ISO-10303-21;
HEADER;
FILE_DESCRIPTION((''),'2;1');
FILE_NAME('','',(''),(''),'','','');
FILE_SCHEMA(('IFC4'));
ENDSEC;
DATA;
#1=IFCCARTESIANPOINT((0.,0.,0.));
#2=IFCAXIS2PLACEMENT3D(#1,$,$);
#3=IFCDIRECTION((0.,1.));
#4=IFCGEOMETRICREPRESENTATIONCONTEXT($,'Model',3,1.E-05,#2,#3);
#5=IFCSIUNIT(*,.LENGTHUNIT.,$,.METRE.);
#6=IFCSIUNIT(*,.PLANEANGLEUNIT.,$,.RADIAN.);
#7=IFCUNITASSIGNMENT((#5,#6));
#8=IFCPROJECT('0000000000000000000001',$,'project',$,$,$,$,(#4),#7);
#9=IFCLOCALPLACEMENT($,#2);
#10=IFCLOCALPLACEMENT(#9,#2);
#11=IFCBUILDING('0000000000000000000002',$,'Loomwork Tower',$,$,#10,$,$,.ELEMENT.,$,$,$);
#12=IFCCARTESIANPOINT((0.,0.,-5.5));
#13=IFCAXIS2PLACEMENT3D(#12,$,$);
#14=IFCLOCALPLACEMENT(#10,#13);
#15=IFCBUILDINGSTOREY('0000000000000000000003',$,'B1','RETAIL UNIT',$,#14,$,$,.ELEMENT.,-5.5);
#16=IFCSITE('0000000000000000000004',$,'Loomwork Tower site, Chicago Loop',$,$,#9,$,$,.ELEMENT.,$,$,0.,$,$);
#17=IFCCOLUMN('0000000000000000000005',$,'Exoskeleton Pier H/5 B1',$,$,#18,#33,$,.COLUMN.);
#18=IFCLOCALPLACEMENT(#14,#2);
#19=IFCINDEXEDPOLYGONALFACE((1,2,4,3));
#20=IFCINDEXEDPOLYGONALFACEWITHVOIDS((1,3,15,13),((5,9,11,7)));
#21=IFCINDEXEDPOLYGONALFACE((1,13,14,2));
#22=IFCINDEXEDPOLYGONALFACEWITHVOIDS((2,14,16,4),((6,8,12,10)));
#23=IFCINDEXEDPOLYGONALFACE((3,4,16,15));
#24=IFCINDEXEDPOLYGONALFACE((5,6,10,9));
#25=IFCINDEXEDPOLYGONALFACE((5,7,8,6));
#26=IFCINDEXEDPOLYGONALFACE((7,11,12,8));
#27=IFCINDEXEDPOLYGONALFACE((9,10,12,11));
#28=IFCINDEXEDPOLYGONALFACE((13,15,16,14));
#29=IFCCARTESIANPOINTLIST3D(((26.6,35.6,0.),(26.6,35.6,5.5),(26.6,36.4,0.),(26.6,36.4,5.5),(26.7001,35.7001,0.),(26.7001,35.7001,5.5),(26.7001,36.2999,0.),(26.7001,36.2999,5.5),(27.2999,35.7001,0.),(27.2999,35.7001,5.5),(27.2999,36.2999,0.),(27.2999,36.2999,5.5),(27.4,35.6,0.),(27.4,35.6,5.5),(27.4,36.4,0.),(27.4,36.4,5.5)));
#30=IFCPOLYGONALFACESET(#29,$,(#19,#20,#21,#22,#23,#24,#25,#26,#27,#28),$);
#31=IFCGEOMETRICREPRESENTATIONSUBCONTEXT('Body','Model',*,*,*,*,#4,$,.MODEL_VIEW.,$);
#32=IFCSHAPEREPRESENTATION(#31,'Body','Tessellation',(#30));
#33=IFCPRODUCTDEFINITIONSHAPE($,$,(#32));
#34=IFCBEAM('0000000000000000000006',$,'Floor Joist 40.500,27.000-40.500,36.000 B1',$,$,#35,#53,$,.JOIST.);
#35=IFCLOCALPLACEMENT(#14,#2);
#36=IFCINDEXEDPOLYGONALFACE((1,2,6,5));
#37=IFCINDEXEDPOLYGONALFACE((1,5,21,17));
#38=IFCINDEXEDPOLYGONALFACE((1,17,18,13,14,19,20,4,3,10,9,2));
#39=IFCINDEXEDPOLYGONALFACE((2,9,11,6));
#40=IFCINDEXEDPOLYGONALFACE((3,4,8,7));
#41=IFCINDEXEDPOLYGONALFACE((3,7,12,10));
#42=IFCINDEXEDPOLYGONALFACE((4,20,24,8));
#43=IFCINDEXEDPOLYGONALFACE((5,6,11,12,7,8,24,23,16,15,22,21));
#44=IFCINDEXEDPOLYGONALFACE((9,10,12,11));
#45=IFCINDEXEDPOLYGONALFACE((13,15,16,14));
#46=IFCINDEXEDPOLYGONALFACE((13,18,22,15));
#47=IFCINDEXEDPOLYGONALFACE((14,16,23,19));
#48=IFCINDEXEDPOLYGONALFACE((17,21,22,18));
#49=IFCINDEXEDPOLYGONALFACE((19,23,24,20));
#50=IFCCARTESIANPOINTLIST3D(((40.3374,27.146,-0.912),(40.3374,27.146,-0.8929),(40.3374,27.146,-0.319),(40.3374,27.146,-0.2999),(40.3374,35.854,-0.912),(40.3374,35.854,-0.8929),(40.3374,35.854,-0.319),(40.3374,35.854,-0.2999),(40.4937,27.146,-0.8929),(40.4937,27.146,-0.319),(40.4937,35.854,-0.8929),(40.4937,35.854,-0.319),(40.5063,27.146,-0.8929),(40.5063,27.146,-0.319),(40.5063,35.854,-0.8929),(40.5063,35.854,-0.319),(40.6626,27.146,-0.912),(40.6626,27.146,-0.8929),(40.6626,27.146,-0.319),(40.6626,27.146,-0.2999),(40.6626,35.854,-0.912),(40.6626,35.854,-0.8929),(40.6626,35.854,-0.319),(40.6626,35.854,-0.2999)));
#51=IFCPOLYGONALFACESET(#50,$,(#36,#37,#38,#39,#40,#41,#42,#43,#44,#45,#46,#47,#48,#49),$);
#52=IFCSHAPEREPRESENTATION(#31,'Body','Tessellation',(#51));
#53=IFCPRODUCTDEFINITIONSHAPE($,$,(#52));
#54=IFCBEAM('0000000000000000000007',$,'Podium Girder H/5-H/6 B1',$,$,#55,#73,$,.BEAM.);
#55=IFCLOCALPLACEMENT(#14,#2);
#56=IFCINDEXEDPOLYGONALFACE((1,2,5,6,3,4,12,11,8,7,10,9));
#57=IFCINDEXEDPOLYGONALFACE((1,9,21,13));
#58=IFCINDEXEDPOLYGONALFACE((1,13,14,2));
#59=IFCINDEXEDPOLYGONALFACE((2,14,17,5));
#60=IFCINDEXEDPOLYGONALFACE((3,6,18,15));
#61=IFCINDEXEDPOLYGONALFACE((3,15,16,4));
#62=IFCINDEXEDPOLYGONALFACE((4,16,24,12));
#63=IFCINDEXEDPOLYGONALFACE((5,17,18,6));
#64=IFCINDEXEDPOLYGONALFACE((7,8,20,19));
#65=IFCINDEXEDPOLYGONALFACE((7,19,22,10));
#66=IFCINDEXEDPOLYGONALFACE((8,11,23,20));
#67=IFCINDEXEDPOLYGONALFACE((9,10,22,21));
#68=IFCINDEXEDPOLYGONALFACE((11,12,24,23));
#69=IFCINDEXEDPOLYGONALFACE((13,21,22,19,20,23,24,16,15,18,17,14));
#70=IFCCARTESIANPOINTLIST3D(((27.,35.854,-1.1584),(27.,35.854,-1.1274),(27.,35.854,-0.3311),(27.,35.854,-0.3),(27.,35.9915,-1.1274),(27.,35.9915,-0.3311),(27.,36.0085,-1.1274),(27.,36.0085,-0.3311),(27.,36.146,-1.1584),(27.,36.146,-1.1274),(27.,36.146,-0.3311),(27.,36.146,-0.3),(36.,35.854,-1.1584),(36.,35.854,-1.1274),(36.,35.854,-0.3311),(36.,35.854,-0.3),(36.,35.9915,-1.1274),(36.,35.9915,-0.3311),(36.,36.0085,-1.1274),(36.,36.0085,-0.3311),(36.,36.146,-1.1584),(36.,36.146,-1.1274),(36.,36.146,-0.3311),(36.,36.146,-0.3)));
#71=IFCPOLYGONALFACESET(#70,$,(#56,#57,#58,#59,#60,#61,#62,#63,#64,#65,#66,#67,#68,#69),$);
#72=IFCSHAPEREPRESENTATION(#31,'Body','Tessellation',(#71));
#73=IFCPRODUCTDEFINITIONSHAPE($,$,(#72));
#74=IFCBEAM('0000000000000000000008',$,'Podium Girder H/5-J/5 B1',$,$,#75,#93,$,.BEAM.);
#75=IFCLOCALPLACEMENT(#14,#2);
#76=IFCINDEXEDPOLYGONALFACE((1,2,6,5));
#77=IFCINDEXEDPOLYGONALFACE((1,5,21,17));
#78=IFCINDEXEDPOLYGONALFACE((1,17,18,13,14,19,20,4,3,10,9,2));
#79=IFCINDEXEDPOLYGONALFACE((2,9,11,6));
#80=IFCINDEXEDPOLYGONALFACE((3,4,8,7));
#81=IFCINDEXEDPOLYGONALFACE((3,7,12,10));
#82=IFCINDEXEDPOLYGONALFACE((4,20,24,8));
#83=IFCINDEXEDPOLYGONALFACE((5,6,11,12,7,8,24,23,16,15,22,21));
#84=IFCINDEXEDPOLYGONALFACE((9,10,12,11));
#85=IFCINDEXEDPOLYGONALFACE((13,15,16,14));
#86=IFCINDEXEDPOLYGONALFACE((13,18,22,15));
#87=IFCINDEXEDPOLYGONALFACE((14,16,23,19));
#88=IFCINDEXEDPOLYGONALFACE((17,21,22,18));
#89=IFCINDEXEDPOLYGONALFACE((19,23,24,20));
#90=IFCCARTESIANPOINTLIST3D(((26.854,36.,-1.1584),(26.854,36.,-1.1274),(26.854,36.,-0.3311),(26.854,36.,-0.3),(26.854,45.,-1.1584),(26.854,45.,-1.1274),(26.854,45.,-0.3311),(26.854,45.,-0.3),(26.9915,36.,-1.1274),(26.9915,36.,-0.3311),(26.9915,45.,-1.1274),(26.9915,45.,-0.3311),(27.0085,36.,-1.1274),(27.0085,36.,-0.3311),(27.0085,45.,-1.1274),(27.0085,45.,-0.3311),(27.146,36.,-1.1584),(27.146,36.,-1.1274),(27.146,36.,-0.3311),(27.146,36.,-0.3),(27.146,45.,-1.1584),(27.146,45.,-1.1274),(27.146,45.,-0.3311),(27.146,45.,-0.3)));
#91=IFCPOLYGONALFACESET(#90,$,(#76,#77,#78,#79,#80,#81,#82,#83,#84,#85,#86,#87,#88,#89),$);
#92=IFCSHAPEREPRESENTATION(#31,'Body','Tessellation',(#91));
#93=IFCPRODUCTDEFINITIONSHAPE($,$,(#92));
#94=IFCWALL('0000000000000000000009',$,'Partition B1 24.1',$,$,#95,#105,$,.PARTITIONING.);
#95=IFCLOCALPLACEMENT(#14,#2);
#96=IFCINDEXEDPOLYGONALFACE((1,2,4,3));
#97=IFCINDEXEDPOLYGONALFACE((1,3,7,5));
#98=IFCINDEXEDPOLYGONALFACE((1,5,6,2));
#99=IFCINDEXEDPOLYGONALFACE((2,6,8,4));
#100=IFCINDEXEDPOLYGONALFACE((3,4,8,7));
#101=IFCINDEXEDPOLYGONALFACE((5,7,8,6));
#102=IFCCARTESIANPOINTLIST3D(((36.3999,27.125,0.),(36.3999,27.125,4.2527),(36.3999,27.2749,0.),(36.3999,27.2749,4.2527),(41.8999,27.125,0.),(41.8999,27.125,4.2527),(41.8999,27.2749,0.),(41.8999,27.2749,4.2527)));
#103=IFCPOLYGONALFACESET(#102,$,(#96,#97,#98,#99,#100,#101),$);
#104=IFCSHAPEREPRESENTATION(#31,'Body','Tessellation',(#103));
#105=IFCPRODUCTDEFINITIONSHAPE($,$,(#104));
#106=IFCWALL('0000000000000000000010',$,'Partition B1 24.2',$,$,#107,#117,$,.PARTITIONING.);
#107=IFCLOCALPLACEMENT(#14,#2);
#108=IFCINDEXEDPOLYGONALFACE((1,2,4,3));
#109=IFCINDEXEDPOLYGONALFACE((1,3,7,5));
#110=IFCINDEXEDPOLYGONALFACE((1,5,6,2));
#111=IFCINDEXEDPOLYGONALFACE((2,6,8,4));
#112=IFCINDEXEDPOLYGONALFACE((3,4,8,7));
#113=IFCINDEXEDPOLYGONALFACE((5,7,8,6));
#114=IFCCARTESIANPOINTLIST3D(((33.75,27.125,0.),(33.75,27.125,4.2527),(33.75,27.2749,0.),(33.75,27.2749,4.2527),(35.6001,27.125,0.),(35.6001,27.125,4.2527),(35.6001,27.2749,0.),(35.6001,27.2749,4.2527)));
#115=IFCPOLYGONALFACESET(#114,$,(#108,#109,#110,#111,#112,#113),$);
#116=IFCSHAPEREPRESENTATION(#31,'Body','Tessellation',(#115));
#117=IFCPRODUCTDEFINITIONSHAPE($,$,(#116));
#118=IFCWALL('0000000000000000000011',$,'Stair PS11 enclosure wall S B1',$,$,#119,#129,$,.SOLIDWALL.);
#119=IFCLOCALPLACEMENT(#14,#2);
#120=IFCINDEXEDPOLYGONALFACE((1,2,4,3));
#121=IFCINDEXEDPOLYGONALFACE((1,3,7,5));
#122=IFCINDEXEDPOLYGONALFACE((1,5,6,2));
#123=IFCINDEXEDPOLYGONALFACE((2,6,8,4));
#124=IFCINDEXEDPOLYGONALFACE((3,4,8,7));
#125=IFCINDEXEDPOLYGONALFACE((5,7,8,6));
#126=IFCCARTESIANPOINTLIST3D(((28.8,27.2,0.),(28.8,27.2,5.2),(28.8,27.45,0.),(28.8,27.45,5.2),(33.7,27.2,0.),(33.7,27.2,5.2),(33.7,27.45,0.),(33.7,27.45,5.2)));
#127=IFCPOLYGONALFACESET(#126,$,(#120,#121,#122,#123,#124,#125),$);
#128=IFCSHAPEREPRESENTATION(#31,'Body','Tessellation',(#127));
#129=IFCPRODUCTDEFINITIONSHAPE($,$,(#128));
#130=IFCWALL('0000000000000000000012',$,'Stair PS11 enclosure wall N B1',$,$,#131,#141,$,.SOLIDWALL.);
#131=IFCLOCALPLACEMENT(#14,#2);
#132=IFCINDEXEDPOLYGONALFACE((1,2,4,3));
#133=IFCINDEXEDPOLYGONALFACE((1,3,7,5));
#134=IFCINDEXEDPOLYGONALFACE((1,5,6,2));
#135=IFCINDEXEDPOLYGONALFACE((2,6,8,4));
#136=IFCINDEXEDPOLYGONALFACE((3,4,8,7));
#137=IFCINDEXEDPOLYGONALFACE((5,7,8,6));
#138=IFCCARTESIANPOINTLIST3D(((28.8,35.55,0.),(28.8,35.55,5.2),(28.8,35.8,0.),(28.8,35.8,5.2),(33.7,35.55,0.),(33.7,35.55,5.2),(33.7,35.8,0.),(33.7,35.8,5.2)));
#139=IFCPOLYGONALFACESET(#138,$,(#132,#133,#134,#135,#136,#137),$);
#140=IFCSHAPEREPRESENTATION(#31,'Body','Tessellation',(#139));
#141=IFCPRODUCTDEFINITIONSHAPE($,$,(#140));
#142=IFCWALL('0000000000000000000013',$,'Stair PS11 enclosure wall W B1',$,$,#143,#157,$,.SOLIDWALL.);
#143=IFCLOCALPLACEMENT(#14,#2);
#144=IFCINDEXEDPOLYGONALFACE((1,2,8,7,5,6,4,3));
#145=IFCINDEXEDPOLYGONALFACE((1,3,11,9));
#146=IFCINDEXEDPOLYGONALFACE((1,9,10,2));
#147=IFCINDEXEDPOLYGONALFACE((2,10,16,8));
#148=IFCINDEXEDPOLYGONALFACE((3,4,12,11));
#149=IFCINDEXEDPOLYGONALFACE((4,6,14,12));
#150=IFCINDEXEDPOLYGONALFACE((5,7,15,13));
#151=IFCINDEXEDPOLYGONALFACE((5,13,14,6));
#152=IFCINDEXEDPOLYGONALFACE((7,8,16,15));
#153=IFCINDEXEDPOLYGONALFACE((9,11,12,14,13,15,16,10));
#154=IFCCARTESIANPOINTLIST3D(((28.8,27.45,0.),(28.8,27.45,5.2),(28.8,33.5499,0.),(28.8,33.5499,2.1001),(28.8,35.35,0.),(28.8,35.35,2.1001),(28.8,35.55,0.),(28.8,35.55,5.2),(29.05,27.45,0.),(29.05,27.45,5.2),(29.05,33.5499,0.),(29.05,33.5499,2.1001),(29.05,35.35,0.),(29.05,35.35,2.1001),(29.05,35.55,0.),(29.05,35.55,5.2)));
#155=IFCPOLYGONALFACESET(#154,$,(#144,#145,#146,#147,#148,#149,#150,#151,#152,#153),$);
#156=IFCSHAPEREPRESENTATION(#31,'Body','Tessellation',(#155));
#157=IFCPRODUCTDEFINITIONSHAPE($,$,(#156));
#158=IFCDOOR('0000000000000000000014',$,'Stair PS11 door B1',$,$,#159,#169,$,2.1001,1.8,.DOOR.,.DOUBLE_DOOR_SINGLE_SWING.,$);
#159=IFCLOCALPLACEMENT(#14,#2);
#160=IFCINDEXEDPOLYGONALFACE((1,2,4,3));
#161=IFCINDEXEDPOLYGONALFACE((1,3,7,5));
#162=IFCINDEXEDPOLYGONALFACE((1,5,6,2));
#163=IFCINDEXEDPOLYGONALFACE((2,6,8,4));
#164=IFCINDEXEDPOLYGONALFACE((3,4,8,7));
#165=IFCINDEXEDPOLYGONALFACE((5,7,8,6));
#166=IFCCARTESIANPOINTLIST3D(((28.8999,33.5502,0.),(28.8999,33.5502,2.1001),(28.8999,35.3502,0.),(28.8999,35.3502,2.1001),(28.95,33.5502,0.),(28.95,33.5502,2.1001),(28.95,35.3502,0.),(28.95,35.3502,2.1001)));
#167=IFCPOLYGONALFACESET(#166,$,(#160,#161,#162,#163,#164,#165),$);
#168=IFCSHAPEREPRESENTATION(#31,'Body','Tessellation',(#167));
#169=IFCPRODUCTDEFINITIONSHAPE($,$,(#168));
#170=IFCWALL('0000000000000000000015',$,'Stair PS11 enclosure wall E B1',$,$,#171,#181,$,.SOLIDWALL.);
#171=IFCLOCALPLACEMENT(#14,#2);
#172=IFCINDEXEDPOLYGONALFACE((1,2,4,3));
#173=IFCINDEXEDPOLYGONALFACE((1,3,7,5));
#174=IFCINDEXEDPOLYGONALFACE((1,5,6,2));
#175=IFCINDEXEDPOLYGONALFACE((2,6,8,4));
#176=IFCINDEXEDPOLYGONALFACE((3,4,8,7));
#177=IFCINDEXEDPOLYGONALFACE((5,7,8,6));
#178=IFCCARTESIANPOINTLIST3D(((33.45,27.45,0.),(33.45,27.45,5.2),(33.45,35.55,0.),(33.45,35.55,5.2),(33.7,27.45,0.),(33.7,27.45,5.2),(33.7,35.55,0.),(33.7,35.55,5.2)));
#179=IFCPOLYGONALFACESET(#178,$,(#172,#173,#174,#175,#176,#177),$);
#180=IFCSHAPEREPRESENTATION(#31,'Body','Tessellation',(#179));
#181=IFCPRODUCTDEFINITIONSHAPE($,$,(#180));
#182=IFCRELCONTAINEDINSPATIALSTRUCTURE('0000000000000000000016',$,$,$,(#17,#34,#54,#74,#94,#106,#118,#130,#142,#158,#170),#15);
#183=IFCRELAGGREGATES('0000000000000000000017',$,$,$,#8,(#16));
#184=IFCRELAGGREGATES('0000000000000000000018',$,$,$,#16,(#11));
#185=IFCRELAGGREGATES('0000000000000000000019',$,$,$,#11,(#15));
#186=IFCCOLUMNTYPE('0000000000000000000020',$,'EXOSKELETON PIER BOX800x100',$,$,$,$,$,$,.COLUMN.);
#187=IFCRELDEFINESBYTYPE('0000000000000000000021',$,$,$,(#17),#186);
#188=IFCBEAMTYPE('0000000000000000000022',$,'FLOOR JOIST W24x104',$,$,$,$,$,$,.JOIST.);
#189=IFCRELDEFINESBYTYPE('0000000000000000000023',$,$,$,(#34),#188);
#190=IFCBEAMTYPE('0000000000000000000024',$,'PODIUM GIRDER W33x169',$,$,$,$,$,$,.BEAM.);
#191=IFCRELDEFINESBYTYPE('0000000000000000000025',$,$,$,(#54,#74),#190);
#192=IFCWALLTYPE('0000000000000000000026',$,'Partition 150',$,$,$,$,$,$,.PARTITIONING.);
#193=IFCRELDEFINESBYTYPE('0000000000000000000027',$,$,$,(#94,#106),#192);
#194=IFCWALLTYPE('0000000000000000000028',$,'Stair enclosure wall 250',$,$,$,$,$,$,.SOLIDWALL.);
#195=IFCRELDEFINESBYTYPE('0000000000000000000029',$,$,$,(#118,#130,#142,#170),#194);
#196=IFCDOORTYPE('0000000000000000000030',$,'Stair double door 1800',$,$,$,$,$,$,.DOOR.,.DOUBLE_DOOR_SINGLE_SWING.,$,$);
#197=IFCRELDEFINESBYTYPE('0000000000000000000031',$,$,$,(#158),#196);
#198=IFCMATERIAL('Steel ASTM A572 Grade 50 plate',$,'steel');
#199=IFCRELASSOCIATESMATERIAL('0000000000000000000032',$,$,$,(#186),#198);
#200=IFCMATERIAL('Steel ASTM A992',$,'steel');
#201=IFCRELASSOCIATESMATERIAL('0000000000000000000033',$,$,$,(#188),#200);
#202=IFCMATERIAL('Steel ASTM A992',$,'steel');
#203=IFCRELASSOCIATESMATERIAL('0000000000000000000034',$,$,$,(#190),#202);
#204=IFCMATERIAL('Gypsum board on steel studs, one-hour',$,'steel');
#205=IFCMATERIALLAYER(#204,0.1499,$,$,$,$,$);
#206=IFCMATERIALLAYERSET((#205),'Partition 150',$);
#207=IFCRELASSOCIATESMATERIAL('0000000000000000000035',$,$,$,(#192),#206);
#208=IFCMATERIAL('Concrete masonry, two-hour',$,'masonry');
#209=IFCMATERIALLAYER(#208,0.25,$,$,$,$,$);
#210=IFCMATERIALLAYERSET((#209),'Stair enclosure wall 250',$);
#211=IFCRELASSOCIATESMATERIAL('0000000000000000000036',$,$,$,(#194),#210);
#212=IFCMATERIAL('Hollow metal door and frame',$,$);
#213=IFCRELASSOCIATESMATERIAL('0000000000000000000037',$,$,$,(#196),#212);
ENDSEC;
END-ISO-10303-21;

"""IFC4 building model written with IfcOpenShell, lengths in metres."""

from ifc_helpers import new_model, si_unit, direction, frame, frame_2d, origin, origin_2d, place, context, subcontext, project, spatial, rectangle, hollow_rectangle, i_section, extrude, material, layer, layer_set, material_profile, profile_set, type_object, element, fill, save


model = new_model("IFC4")

# Units and contexts
model_context = context("Model", 3, precision=1e-05, world=origin(), true_north=direction((0.0, 1.0)))
body_context = subcontext(model_context, "Body", "Model", "MODEL_VIEW")
ifc_project = project(units=[si_unit("LENGTHUNIT", "METRE"), si_unit("PLANEANGLEUNIT", "RADIAN")], contexts=[model_context])

# Site, building, storey
site_placement = place(None, origin())
site = spatial("IfcSite", under=ifc_project, at=site_placement, Name="Loomwork Tower site, Chicago Loop", CompositionType="ELEMENT", RefElevation=0.0)
building_placement = place(site_placement, origin())
building = spatial("IfcBuilding", under=site, at=building_placement, Name="Loomwork Tower", CompositionType="ELEMENT")
storey_placement = place(building_placement, frame((0.0, 0.0, -5.5)))
storey = spatial("IfcBuildingStorey", under=building, at=storey_placement, Name="B1", Description="RETAIL UNIT", CompositionType="ELEMENT", Elevation=-5.5)

# Column
ifc_material_1 = material(Name="Steel ASTM A572 Grade 50 plate", Category="steel")
ifc_material_profile_1 = material_profile(ifc_material_1, hollow_rectangle(XDim=0.8, YDim=0.8, WallThickness=0.1001, at=origin_2d()), Name="BOX800x100")
ifc_profile_set_1 = profile_set([ifc_material_profile_1], Name="Steel ASTM A572 Grade 50 plate")
column_type = type_object("IfcColumnType", Name="EXOSKELETON PIER BOX800x100", PredefinedType="COLUMN", material=ifc_profile_set_1)
column_placement = place(storey_placement, frame((27.0, 36.0, 0.0), z_axis=(0.0, 0.0, 1.0), x_axis=(1.0, 0.0, 0.0)))
element("IfcColumn", 1, at=column_placement, inside=storey, type_object=column_type, Name="Exoskeleton Pier H/5 B1", PredefinedType="COLUMN", context=body_context, shape_type="SweptSolid", body=[
    extrude(hollow_rectangle(XDim=0.8, YDim=0.8, WallThickness=0.1001, at=origin_2d()), origin(), (0.0, 0.0, 1.0), 5.5),
])

# Beams
ifc_material_2 = material(Name="Steel ASTM A992", Category="steel")
ifc_material_profile_2 = material_profile(ifc_material_2, i_section(OverallWidth=0.3252, OverallDepth=0.6121, WebThickness=0.0127, FlangeThickness=0.019, at=origin_2d()), Name="W24x104")
ifc_profile_set_2 = profile_set([ifc_material_profile_2], Name="Steel ASTM A992")
beam_type_1 = type_object("IfcBeamType", Name="FLOOR JOIST W24x104", PredefinedType="JOIST", material=ifc_profile_set_2)
beam_placement = place(storey_placement, frame((40.5, 27.146, -0.606), z_axis=(0.0, 1.0, 0.0), x_axis=(-1.0, 0.0, 0.0)))
element("IfcBeam", 2, at=beam_placement, inside=storey, type_object=beam_type_1, Name="Floor Joist 40.500,27.000-40.500,36.000 B1", PredefinedType="JOIST", context=body_context, shape_type="SweptSolid", body=[
    extrude(i_section(OverallWidth=0.3252, OverallDepth=0.6121, WebThickness=0.0127, FlangeThickness=0.019, at=origin_2d()), origin(), (0.0, 0.0, 1.0), 8.708),
])
ifc_material_3 = material(Name="Steel ASTM A992", Category="steel")
ifc_material_profile_3 = material_profile(ifc_material_3, i_section(OverallWidth=0.292, OverallDepth=0.8584, WebThickness=0.0171, FlangeThickness=0.031, at=origin_2d()), Name="W33x169")
ifc_profile_set_3 = profile_set([ifc_material_profile_3], Name="Steel ASTM A992")
beam_type_2 = type_object("IfcBeamType", Name="PODIUM GIRDER W33x169", PredefinedType="BEAM", material=ifc_profile_set_3)
for number, where, z_axis, x_axis, name in (
    (3, (27.0, 36.0, -0.7292), (1.0, 0.0, 0.0), (0.0, 1.0, 0.0), "Podium Girder H/5-H/6 B1"),
    (4, (27.0, 36.0, -0.7292), (0.0, 1.0, 0.0), (-1.0, 0.0, 0.0), "Podium Girder H/5-J/5 B1"),
):
    element("IfcBeam", number, at=place(storey_placement, frame(where, z_axis=z_axis, x_axis=x_axis)), inside=storey, type_object=beam_type_2, Name=name, PredefinedType="BEAM", context=body_context, shape_type="SweptSolid", body=[
        extrude(i_section(OverallWidth=0.292, OverallDepth=0.8584, WebThickness=0.0171, FlangeThickness=0.031, at=origin_2d()), origin(), (0.0, 0.0, 1.0), 9.0),
    ])

# Walls
ifc_material_4 = material(Name="Gypsum board on steel studs, one-hour", Category="steel")
ifc_layer_1 = layer(ifc_material_4, 0.1499)
ifc_layer_set_1 = layer_set([ifc_layer_1], Name="Partition 150")
wall_type_1 = type_object("IfcWallType", Name="Partition 150", PredefinedType="PARTITIONING", material=ifc_layer_set_1)
wall_1_placement = place(storey_placement, frame((41.8999, 27.2, 0.0), z_axis=(0.0, 0.0, 1.0), x_axis=(-1.0, 0.0, 0.0)))
element("IfcWall", 5, at=wall_1_placement, inside=storey, type_object=wall_type_1, Name="Partition B1 24.1", PredefinedType="PARTITIONING", context=body_context, shape_type="SweptSolid", body=[
    extrude(rectangle(XDim=5.5, YDim=0.1499, at=frame_2d((2.75, 0.0))), origin(), (0.0, 0.0, 1.0), 4.2527),
])
wall_2_placement = place(storey_placement, frame((35.6001, 27.2, 0.0), z_axis=(0.0, 0.0, 1.0), x_axis=(-1.0, 0.0, 0.0)))
element("IfcWall", 6, at=wall_2_placement, inside=storey, type_object=wall_type_1, Name="Partition B1 24.2", PredefinedType="PARTITIONING", context=body_context, shape_type="SweptSolid", body=[
    extrude(rectangle(XDim=1.8501, YDim=0.1499, at=frame_2d((0.925, 0.0))), origin(), (0.0, 0.0, 1.0), 4.2527),
])
ifc_material_5 = material(Name="Concrete masonry, two-hour", Category="masonry")
ifc_layer_2 = layer(ifc_material_5, 0.25)
ifc_layer_set_2 = layer_set([ifc_layer_2], Name="Stair enclosure wall 250")
wall_type_2 = type_object("IfcWallType", Name="Stair enclosure wall 250", PredefinedType="SOLIDWALL", material=ifc_layer_set_2)
for number, where, z_axis, x_axis, name in (
    (7, (28.8, 27.325, 0.0), (0.0, 0.0, 1.0), (1.0, 0.0, 0.0), "Stair PS11 enclosure wall S B1"),
    (8, (28.8, 35.675, 0.0), (0.0, 0.0, 1.0), (1.0, 0.0, 0.0), "Stair PS11 enclosure wall N B1"),
):
    element("IfcWall", number, at=place(storey_placement, frame(where, z_axis=z_axis, x_axis=x_axis)), inside=storey, type_object=wall_type_2, Name=name, PredefinedType="SOLIDWALL", context=body_context, shape_type="SweptSolid", body=[
        extrude(rectangle(XDim=4.8999, YDim=0.25, at=frame_2d((2.45, 0.0))), origin(), (0.0, 0.0, 1.0), 5.2),
    ])

# Wall, opening, door
wall_3_placement = place(storey_placement, frame((28.925, 27.45, 0.0), z_axis=(0.0, 0.0, 1.0), x_axis=(0.0, 1.0, 0.0)))
wall_3 = element("IfcWall", 9, at=wall_3_placement, inside=storey, type_object=wall_type_2, Name="Stair PS11 enclosure wall W B1", PredefinedType="SOLIDWALL", context=body_context, shape_type="SweptSolid", body=[
    extrude(rectangle(XDim=8.1001, YDim=0.25, at=frame_2d((4.05, 0.0))), origin(), (0.0, 0.0, 1.0), 5.2),
])
opening_placement = place(wall_3_placement, frame((6.1001, 0.0, 0.0)))
opening = element("IfcOpeningElement", 10, at=opening_placement, cuts=wall_3, PredefinedType="OPENING", context=body_context, shape_type="SweptSolid", body=[
    extrude(rectangle(XDim=1.8, YDim=2.1001, at=frame_2d((0.8999, 1.05))), frame((0.0, 0.135, 0.0), z_axis=(0.0, -1.0, 0.0), x_axis=(1.0, 0.0, 0.0)), (0.0, 0.0, 1.0), 0.27),
])
ifc_material_6 = material(Name="Hollow metal door and frame")
door_type = type_object("IfcDoorType", Name="Stair double door 1800", OperationType="DOUBLE_DOOR_SINGLE_SWING", PredefinedType="DOOR", material=ifc_material_6)
door_placement = place(opening_placement, frame((1.8, 0.0, 0.0), z_axis=(0.0, 0.0, 1.0), x_axis=(-1.0, 0.0, 0.0)))
door = element("IfcDoor", 11, at=door_placement, inside=storey, type_object=door_type, Name="Stair PS11 door B1", OperationType="DOUBLE_DOOR_SINGLE_SWING", OverallHeight=2.1001, OverallWidth=1.8, PredefinedType="DOOR", context=body_context, shape_type="SweptSolid", body=[
    extrude(rectangle(XDim=1.8, YDim=2.1001, at=frame_2d((0.8999, 1.05))), frame((0.0, 0.0249, 0.0), z_axis=(0.0, -1.0, 0.0), x_axis=(1.0, 0.0, 0.0)), (0.0, 0.0, 1.0), 0.05),
])
fill(opening, door)

# Wall
wall_4_placement = place(storey_placement, frame((33.575, 27.45, 0.0), z_axis=(0.0, 0.0, 1.0), x_axis=(0.0, 1.0, 0.0)))
element("IfcWall", 12, at=wall_4_placement, inside=storey, type_object=wall_type_2, Name="Stair PS11 enclosure wall E B1", PredefinedType="SOLIDWALL", context=body_context, shape_type="SweptSolid", body=[
    extrude(rectangle(XDim=8.1001, YDim=0.25, at=frame_2d((4.05, 0.0))), origin(), (0.0, 0.0, 1.0), 5.2),
])

save(model, "model.ifc")
